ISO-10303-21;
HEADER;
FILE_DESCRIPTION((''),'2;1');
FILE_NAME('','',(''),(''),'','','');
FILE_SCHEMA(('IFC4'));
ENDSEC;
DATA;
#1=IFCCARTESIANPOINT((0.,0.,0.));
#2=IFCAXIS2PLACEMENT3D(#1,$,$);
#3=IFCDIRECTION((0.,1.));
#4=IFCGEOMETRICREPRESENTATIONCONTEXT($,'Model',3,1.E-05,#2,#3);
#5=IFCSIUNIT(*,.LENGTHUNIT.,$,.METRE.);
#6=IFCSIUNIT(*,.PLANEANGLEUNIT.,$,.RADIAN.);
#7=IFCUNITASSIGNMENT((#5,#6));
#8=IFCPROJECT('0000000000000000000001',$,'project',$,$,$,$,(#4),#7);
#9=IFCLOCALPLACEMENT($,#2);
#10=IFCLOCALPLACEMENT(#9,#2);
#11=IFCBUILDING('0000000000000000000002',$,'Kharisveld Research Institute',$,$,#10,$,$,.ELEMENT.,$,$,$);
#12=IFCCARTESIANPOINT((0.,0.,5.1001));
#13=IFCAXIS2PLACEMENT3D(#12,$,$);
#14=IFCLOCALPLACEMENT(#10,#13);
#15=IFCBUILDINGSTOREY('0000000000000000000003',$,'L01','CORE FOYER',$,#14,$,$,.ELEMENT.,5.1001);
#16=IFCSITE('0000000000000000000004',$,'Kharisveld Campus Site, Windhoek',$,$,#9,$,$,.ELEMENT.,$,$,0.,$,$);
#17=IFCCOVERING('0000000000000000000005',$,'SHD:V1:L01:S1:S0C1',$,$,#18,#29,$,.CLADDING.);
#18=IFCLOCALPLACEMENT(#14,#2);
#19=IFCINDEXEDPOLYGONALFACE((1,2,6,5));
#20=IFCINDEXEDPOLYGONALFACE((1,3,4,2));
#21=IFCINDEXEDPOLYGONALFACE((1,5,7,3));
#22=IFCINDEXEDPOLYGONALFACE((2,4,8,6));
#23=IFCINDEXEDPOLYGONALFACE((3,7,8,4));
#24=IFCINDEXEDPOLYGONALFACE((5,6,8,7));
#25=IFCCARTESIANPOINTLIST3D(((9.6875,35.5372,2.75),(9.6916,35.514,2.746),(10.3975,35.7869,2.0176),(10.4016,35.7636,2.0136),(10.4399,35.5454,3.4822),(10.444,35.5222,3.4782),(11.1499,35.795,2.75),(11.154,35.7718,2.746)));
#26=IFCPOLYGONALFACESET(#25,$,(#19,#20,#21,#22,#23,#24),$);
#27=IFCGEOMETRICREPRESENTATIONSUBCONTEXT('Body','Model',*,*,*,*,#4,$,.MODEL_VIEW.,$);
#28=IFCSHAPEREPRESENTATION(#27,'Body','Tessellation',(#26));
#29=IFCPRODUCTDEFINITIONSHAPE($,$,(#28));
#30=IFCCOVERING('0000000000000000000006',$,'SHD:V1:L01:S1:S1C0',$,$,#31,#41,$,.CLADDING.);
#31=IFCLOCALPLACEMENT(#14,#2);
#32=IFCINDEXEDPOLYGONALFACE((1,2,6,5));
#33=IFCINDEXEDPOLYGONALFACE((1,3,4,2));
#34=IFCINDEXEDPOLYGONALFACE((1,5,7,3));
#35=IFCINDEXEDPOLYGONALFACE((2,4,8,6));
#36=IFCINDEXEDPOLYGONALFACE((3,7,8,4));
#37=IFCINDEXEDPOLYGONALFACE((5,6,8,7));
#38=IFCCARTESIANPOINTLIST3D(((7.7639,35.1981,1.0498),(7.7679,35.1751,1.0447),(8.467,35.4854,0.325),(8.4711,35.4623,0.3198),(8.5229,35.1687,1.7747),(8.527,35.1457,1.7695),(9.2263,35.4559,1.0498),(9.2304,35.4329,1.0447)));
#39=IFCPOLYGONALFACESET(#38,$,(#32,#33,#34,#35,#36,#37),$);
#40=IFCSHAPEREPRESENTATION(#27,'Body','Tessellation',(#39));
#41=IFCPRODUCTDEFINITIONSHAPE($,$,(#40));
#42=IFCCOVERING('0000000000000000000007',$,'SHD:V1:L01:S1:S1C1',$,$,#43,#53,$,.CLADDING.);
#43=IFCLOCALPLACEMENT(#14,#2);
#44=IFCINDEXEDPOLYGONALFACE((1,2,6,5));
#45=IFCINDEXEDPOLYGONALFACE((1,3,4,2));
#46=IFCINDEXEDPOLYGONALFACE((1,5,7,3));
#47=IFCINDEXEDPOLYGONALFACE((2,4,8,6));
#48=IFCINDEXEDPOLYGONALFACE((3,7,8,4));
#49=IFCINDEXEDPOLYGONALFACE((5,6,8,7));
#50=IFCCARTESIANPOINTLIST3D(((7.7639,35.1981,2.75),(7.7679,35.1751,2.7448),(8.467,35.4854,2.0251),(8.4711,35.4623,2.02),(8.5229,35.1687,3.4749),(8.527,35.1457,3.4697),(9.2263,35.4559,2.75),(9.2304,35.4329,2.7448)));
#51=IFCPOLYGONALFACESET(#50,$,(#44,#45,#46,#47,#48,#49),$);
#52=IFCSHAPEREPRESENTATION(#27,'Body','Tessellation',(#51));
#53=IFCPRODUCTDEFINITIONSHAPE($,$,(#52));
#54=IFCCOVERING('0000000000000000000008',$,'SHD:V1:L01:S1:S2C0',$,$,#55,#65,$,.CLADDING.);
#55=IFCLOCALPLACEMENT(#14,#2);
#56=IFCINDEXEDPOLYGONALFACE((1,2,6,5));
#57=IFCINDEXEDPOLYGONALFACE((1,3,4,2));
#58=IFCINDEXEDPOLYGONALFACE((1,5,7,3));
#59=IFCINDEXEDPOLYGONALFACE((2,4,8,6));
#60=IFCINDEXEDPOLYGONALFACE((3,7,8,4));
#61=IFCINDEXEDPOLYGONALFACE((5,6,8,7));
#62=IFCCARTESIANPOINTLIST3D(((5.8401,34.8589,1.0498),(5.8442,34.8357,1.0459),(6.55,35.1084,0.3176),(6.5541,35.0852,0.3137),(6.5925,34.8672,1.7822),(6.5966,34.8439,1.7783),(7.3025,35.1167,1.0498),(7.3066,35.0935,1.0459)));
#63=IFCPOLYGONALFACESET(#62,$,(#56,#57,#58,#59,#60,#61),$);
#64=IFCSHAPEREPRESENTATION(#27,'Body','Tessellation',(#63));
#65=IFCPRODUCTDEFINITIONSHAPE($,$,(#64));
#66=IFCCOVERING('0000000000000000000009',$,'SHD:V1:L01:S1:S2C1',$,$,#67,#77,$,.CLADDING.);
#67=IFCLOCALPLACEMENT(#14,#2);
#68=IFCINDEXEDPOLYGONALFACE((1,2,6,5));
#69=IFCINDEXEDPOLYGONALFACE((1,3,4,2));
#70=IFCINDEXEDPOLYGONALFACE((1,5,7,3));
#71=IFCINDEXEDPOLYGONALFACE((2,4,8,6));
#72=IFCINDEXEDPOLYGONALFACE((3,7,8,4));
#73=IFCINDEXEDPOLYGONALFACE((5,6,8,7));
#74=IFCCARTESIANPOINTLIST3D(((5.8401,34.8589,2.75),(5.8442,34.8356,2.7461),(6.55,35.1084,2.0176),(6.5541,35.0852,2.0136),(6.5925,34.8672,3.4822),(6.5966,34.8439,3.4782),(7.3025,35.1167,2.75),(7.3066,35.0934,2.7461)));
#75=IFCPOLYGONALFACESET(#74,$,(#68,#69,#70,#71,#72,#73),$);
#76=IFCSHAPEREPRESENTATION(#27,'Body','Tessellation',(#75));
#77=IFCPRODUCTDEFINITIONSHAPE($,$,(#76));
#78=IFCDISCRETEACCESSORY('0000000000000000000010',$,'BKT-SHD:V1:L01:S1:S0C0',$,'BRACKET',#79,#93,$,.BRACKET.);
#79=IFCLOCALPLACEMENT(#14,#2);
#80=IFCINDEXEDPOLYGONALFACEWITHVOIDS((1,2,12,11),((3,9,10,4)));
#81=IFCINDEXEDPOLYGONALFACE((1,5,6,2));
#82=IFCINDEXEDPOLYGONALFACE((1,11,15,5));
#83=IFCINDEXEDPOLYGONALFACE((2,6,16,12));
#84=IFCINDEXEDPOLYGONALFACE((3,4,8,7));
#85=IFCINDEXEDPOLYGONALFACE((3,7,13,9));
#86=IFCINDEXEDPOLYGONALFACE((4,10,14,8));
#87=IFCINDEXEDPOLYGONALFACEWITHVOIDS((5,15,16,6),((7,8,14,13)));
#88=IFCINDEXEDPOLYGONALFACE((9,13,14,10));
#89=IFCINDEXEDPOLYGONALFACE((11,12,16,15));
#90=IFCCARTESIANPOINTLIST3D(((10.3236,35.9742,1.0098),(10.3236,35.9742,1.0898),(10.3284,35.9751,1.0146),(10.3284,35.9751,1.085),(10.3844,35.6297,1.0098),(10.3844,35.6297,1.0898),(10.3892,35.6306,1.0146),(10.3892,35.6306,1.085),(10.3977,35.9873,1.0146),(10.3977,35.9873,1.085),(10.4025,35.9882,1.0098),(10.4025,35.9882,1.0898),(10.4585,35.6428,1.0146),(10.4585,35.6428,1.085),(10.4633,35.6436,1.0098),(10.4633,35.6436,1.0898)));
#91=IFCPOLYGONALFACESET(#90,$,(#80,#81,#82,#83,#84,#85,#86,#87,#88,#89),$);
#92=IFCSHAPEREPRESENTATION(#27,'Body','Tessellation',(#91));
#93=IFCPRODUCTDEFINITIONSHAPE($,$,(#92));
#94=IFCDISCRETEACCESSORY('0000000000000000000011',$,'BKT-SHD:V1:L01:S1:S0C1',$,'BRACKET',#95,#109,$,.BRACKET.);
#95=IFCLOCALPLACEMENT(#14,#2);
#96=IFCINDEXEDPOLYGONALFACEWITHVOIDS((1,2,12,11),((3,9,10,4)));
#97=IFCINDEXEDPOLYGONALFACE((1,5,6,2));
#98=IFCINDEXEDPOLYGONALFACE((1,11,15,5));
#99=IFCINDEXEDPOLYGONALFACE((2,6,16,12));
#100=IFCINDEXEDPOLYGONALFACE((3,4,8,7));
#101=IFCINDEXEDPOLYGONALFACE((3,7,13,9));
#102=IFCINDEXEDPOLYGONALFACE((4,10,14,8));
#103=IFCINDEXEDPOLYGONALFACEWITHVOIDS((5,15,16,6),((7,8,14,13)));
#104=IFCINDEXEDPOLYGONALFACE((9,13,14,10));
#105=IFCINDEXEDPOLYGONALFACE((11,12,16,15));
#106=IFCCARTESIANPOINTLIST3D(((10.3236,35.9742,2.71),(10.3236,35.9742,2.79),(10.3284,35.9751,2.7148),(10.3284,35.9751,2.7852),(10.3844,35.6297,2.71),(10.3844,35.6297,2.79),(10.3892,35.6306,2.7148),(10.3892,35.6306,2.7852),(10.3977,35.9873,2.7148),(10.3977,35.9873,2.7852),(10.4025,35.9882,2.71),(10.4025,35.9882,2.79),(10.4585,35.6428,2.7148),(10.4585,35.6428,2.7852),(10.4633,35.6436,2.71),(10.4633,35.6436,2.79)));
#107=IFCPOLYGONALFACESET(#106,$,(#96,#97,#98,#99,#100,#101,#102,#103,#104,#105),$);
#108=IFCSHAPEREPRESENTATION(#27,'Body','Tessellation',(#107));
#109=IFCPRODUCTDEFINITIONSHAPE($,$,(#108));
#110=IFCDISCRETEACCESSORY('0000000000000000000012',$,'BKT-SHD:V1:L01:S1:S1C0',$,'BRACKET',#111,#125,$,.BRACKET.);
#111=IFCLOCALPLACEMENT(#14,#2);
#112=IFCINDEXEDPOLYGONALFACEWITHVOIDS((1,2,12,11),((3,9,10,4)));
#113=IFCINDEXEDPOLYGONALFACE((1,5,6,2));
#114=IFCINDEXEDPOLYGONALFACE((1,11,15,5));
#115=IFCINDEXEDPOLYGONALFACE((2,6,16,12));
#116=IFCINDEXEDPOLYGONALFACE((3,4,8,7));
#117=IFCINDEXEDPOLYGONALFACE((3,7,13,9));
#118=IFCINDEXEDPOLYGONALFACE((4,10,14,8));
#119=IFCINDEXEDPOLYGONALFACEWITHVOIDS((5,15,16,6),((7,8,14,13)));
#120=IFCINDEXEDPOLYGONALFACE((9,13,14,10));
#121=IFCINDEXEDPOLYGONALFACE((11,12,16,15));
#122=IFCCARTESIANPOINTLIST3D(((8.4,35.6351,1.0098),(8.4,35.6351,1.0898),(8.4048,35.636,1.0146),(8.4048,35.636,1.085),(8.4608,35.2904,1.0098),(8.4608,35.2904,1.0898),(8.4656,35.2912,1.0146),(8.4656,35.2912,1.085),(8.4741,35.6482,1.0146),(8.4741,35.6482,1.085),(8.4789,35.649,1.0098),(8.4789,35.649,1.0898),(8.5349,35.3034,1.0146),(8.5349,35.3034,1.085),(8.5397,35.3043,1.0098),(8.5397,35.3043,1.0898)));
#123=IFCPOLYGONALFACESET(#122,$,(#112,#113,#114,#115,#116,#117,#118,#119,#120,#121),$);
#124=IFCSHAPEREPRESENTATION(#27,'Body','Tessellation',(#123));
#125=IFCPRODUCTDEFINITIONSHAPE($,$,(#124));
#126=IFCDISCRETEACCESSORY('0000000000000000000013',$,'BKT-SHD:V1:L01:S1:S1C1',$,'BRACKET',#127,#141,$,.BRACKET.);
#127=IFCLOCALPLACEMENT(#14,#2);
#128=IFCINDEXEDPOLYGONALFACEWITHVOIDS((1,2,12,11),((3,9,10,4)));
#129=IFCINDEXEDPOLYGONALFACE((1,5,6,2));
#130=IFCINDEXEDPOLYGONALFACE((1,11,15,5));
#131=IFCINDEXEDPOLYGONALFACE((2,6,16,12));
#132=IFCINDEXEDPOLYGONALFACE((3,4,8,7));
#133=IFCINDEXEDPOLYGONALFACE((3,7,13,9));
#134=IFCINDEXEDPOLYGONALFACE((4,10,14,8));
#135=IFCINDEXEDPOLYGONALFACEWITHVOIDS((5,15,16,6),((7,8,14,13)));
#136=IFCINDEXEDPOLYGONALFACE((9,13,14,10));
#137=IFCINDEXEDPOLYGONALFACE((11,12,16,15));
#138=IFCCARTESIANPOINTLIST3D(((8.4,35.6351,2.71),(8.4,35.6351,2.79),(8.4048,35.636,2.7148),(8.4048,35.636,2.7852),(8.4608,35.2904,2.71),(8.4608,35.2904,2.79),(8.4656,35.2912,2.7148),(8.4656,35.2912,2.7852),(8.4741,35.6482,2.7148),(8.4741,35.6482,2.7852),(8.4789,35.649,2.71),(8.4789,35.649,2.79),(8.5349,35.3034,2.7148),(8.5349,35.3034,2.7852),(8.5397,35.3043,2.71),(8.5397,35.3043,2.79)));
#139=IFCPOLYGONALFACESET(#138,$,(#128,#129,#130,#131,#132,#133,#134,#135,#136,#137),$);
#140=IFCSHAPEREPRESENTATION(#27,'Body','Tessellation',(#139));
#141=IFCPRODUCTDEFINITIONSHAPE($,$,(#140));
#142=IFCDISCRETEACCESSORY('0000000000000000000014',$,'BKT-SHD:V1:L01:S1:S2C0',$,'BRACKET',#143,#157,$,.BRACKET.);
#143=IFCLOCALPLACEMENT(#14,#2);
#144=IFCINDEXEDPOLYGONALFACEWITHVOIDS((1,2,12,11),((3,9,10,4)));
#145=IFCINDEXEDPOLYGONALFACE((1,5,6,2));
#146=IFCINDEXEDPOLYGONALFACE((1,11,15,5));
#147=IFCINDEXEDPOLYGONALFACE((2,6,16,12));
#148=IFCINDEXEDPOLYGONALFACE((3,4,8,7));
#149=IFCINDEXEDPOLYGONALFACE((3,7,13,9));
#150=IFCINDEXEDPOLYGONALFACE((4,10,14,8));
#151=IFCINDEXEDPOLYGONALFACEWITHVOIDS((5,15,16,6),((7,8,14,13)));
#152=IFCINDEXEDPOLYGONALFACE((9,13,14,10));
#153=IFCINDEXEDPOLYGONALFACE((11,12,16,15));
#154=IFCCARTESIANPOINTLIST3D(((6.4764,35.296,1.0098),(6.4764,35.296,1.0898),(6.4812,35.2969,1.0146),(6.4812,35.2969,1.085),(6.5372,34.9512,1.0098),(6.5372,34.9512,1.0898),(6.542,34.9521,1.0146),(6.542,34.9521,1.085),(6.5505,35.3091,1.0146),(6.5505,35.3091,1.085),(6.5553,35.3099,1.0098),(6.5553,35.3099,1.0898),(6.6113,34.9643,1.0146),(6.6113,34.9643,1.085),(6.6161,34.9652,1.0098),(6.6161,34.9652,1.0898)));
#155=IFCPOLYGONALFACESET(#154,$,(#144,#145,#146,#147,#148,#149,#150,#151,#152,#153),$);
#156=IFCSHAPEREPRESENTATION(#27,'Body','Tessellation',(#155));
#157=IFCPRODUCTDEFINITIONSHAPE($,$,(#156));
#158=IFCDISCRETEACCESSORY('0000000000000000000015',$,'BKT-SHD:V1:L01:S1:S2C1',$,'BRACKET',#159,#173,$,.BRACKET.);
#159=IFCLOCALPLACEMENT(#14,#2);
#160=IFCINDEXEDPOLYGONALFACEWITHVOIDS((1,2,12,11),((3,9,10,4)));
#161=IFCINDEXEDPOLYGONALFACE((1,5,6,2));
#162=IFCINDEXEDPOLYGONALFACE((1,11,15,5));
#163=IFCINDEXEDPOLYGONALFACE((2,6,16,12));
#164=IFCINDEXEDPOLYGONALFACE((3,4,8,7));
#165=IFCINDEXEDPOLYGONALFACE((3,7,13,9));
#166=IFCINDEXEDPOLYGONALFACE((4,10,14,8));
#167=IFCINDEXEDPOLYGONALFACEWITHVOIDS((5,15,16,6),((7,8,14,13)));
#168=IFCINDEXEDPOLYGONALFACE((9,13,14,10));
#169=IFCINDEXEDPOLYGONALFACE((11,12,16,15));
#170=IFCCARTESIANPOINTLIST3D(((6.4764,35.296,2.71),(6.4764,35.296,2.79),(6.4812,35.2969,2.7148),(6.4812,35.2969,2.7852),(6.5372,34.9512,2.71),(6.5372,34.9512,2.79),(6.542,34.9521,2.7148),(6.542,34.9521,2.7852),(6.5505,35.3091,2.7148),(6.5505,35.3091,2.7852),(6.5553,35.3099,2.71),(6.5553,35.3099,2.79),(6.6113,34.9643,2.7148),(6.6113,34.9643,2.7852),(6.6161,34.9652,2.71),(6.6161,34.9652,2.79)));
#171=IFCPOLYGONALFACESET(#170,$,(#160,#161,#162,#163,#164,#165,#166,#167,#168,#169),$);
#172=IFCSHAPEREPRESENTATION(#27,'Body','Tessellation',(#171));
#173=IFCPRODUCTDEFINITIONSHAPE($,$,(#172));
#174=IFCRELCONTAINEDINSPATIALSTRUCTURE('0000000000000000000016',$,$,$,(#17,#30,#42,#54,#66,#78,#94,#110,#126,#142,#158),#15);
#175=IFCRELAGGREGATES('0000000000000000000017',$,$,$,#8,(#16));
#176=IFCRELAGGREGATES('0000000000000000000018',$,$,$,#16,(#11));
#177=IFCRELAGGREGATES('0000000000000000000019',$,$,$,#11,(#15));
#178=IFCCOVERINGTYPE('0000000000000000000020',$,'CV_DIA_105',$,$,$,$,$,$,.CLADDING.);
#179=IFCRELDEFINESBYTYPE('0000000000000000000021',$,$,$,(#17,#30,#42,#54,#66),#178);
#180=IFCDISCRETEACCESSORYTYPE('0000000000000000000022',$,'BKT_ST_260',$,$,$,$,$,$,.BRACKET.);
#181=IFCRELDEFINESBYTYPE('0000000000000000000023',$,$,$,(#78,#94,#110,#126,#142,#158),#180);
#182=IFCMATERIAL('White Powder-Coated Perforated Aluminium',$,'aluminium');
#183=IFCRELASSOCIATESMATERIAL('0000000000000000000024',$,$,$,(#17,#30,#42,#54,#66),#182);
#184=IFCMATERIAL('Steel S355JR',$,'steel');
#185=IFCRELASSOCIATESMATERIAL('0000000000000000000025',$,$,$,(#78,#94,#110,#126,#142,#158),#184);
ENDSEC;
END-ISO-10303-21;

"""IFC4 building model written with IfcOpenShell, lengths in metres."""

from ifc_helpers import new_model, si_unit, direction, frame, origin, origin_2d, place, context, subcontext, project, spatial, polyline, hollow_rectangle, outline, extrude, material, type_object, element, save


model = new_model("IFC4")

# Units and contexts
model_context = context("Model", 3, precision=1e-05, world=origin(), true_north=direction((0.0, 1.0)))
body_context = subcontext(model_context, "Body", "Model", "MODEL_VIEW")
ifc_project = project(units=[si_unit("LENGTHUNIT", "METRE"), si_unit("PLANEANGLEUNIT", "RADIAN")], contexts=[model_context])

# Site, building, storey
site_placement = place(None, origin())
site = spatial("IfcSite", under=ifc_project, at=site_placement, Name="Kharisveld Campus Site, Windhoek", CompositionType="ELEMENT", RefElevation=0.0)
building_placement = place(site_placement, origin())
building = spatial("IfcBuilding", under=site, at=building_placement, Name="Kharisveld Research Institute", CompositionType="ELEMENT")
storey_placement = place(building_placement, frame((0.0, 0.0, 5.1001)))
storey = spatial("IfcBuildingStorey", under=building, at=storey_placement, Name="L01", Description="CORE FOYER", CompositionType="ELEMENT", Elevation=5.1001)

# Coverings
ifc_material_1 = material(Name="White Powder-Coated Perforated Aluminium", Category="aluminium")
covering_type = type_object("IfcCoveringType", Name="CV_DIA_105", PredefinedType="CLADDING")
covering_1_placement = place(storey_placement, frame((10.3975, 35.7869, 2.0176), z_axis=(-0.171234, 0.971299, 0.165096), x_axis=(-0.676056, -0.237732, 0.697446)))
element("IfcCovering", 1, at=covering_1_placement, inside=storey, type_object=covering_type, material=ifc_material_1, Name="SHD:V1:L01:S1:S0C1", PredefinedType="CLADDING", context=body_context, shape_type="SweptSolid", body=[
    extrude(outline(polyline([(0.0, 0.0), (1.0501, 0.0), (1.0502, 1.0499), (0.0002, 1.0501), (0.0, 0.0)])), origin(), (0.0, 0.0, -1.0), 0.0239),
])
for number, where, z_axis, x_axis, name in (
    (2, (8.467, 35.4854, 0.325), (-0.169497, 0.961447, 0.21654), (-0.669705, -0.27356, 0.690406), "SHD:V1:L01:S1:S1C0"),
    (3, (8.467, 35.4854, 2.0251), (-0.169497, 0.961447, 0.21654), (-0.669705, -0.27356, 0.690406), "SHD:V1:L01:S1:S1C1"),
):
    element("IfcCovering", number, at=place(storey_placement, frame(where, z_axis=z_axis, x_axis=x_axis)), inside=storey, type_object=covering_type, material=ifc_material_1, Name=name, PredefinedType="CLADDING", context=body_context, shape_type="SweptSolid", body=[
        extrude(outline(polyline([(0.0, 0.0), (1.0499, 0.0), (1.0501, 1.05), (0.0, 1.0501), (0.0, 0.0)])), origin(), (0.0, 0.0, -1.0), 0.0239),
    ])
covering_2_placement = place(storey_placement, frame((6.55, 35.1084, 0.3176), z_axis=(-0.171239, 0.971325, 0.164938), x_axis=(-0.676192, -0.237624, 0.697352)))
element("IfcCovering", 4, at=covering_2_placement, inside=storey, type_object=covering_type, material=ifc_material_1, Name="SHD:V1:L01:S1:S2C0", PredefinedType="CLADDING", context=body_context, shape_type="SweptSolid", body=[
    extrude(outline(polyline([(0.0, 0.0), (1.0499, 0.0), (1.0499, 1.0501), (-0.0002, 1.0499), (0.0, 0.0)])), origin(), (0.0, 0.0, -1.0), 0.0239),
])
covering_3_placement = place(storey_placement, frame((6.55, 35.1084, 2.0176), z_axis=(-0.171239, 0.971325, 0.164938), x_axis=(-0.676076, -0.237623, 0.697465)))
element("IfcCovering", 5, at=covering_3_placement, inside=storey, type_object=covering_type, material=ifc_material_1, Name="SHD:V1:L01:S1:S2C1", PredefinedType="CLADDING", context=body_context, shape_type="SweptSolid", body=[
    extrude(outline(polyline([(0.0, 0.0), (1.0501, 0.0), (1.0501, 1.0499), (0.0002, 1.0501), (0.0, 0.0)])), origin(), (0.0, 0.0, -1.0), 0.0239),
])

# Discrete accessories
ifc_material_2 = material(Name="Steel S355JR", Category="steel")
discrete_accessory_type = type_object("IfcDiscreteAccessoryType", Name="BKT_ST_260", PredefinedType="BRACKET")
for number, where, z_axis, x_axis, name in (
    (6, (10.363, 35.9812, 1.0498), (0.173785, -0.984784, 0.0), (0.984784, 0.173785, 0.0), "BKT-SHD:V1:L01:S1:S0C0"),
    (7, (10.363, 35.9812, 2.75), (0.173785, -0.984784, 0.0), (0.984784, 0.173785, 0.0), "BKT-SHD:V1:L01:S1:S0C1"),
):
    element("IfcDiscreteAccessory", number, at=place(storey_placement, frame(where, z_axis=z_axis, x_axis=x_axis)), inside=storey, type_object=discrete_accessory_type, material=ifc_material_2, Name=name, ObjectType="BRACKET", PredefinedType="BRACKET", context=body_context, shape_type="SweptSolid", body=[
        extrude(hollow_rectangle(XDim=0.0801, YDim=0.0801, WallThickness=0.0049, at=origin_2d()), origin(), (0.0, 0.0, 1.0), 0.3499),
    ])
for number, where, z_axis, x_axis, name in (
    (8, (8.4395, 35.6421, 1.0498), (0.173666, -0.984805, 0.0), (0.984805, 0.173666, 0.0), "BKT-SHD:V1:L01:S1:S1C0"),
    (9, (8.4395, 35.6421, 2.75), (0.173666, -0.984805, 0.0), (0.984805, 0.173666, 0.0), "BKT-SHD:V1:L01:S1:S1C1"),
    (10, (6.5159, 35.303, 1.0498), (0.173666, -0.984805, 0.0), (0.984805, 0.173666, 0.0), "BKT-SHD:V1:L01:S1:S2C0"),
    (11, (6.5159, 35.303, 2.75), (0.173666, -0.984805, 0.0), (0.984805, 0.173666, 0.0), "BKT-SHD:V1:L01:S1:S2C1"),
):
    element("IfcDiscreteAccessory", number, at=place(storey_placement, frame(where, z_axis=z_axis, x_axis=x_axis)), inside=storey, type_object=discrete_accessory_type, material=ifc_material_2, Name=name, ObjectType="BRACKET", PredefinedType="BRACKET", context=body_context, shape_type="SweptSolid", body=[
        extrude(hollow_rectangle(XDim=0.0801, YDim=0.0801, WallThickness=0.0049, at=origin_2d()), origin(), (0.0, 0.0, 1.0), 0.3501),
    ])

save(model, "model.ifc")
